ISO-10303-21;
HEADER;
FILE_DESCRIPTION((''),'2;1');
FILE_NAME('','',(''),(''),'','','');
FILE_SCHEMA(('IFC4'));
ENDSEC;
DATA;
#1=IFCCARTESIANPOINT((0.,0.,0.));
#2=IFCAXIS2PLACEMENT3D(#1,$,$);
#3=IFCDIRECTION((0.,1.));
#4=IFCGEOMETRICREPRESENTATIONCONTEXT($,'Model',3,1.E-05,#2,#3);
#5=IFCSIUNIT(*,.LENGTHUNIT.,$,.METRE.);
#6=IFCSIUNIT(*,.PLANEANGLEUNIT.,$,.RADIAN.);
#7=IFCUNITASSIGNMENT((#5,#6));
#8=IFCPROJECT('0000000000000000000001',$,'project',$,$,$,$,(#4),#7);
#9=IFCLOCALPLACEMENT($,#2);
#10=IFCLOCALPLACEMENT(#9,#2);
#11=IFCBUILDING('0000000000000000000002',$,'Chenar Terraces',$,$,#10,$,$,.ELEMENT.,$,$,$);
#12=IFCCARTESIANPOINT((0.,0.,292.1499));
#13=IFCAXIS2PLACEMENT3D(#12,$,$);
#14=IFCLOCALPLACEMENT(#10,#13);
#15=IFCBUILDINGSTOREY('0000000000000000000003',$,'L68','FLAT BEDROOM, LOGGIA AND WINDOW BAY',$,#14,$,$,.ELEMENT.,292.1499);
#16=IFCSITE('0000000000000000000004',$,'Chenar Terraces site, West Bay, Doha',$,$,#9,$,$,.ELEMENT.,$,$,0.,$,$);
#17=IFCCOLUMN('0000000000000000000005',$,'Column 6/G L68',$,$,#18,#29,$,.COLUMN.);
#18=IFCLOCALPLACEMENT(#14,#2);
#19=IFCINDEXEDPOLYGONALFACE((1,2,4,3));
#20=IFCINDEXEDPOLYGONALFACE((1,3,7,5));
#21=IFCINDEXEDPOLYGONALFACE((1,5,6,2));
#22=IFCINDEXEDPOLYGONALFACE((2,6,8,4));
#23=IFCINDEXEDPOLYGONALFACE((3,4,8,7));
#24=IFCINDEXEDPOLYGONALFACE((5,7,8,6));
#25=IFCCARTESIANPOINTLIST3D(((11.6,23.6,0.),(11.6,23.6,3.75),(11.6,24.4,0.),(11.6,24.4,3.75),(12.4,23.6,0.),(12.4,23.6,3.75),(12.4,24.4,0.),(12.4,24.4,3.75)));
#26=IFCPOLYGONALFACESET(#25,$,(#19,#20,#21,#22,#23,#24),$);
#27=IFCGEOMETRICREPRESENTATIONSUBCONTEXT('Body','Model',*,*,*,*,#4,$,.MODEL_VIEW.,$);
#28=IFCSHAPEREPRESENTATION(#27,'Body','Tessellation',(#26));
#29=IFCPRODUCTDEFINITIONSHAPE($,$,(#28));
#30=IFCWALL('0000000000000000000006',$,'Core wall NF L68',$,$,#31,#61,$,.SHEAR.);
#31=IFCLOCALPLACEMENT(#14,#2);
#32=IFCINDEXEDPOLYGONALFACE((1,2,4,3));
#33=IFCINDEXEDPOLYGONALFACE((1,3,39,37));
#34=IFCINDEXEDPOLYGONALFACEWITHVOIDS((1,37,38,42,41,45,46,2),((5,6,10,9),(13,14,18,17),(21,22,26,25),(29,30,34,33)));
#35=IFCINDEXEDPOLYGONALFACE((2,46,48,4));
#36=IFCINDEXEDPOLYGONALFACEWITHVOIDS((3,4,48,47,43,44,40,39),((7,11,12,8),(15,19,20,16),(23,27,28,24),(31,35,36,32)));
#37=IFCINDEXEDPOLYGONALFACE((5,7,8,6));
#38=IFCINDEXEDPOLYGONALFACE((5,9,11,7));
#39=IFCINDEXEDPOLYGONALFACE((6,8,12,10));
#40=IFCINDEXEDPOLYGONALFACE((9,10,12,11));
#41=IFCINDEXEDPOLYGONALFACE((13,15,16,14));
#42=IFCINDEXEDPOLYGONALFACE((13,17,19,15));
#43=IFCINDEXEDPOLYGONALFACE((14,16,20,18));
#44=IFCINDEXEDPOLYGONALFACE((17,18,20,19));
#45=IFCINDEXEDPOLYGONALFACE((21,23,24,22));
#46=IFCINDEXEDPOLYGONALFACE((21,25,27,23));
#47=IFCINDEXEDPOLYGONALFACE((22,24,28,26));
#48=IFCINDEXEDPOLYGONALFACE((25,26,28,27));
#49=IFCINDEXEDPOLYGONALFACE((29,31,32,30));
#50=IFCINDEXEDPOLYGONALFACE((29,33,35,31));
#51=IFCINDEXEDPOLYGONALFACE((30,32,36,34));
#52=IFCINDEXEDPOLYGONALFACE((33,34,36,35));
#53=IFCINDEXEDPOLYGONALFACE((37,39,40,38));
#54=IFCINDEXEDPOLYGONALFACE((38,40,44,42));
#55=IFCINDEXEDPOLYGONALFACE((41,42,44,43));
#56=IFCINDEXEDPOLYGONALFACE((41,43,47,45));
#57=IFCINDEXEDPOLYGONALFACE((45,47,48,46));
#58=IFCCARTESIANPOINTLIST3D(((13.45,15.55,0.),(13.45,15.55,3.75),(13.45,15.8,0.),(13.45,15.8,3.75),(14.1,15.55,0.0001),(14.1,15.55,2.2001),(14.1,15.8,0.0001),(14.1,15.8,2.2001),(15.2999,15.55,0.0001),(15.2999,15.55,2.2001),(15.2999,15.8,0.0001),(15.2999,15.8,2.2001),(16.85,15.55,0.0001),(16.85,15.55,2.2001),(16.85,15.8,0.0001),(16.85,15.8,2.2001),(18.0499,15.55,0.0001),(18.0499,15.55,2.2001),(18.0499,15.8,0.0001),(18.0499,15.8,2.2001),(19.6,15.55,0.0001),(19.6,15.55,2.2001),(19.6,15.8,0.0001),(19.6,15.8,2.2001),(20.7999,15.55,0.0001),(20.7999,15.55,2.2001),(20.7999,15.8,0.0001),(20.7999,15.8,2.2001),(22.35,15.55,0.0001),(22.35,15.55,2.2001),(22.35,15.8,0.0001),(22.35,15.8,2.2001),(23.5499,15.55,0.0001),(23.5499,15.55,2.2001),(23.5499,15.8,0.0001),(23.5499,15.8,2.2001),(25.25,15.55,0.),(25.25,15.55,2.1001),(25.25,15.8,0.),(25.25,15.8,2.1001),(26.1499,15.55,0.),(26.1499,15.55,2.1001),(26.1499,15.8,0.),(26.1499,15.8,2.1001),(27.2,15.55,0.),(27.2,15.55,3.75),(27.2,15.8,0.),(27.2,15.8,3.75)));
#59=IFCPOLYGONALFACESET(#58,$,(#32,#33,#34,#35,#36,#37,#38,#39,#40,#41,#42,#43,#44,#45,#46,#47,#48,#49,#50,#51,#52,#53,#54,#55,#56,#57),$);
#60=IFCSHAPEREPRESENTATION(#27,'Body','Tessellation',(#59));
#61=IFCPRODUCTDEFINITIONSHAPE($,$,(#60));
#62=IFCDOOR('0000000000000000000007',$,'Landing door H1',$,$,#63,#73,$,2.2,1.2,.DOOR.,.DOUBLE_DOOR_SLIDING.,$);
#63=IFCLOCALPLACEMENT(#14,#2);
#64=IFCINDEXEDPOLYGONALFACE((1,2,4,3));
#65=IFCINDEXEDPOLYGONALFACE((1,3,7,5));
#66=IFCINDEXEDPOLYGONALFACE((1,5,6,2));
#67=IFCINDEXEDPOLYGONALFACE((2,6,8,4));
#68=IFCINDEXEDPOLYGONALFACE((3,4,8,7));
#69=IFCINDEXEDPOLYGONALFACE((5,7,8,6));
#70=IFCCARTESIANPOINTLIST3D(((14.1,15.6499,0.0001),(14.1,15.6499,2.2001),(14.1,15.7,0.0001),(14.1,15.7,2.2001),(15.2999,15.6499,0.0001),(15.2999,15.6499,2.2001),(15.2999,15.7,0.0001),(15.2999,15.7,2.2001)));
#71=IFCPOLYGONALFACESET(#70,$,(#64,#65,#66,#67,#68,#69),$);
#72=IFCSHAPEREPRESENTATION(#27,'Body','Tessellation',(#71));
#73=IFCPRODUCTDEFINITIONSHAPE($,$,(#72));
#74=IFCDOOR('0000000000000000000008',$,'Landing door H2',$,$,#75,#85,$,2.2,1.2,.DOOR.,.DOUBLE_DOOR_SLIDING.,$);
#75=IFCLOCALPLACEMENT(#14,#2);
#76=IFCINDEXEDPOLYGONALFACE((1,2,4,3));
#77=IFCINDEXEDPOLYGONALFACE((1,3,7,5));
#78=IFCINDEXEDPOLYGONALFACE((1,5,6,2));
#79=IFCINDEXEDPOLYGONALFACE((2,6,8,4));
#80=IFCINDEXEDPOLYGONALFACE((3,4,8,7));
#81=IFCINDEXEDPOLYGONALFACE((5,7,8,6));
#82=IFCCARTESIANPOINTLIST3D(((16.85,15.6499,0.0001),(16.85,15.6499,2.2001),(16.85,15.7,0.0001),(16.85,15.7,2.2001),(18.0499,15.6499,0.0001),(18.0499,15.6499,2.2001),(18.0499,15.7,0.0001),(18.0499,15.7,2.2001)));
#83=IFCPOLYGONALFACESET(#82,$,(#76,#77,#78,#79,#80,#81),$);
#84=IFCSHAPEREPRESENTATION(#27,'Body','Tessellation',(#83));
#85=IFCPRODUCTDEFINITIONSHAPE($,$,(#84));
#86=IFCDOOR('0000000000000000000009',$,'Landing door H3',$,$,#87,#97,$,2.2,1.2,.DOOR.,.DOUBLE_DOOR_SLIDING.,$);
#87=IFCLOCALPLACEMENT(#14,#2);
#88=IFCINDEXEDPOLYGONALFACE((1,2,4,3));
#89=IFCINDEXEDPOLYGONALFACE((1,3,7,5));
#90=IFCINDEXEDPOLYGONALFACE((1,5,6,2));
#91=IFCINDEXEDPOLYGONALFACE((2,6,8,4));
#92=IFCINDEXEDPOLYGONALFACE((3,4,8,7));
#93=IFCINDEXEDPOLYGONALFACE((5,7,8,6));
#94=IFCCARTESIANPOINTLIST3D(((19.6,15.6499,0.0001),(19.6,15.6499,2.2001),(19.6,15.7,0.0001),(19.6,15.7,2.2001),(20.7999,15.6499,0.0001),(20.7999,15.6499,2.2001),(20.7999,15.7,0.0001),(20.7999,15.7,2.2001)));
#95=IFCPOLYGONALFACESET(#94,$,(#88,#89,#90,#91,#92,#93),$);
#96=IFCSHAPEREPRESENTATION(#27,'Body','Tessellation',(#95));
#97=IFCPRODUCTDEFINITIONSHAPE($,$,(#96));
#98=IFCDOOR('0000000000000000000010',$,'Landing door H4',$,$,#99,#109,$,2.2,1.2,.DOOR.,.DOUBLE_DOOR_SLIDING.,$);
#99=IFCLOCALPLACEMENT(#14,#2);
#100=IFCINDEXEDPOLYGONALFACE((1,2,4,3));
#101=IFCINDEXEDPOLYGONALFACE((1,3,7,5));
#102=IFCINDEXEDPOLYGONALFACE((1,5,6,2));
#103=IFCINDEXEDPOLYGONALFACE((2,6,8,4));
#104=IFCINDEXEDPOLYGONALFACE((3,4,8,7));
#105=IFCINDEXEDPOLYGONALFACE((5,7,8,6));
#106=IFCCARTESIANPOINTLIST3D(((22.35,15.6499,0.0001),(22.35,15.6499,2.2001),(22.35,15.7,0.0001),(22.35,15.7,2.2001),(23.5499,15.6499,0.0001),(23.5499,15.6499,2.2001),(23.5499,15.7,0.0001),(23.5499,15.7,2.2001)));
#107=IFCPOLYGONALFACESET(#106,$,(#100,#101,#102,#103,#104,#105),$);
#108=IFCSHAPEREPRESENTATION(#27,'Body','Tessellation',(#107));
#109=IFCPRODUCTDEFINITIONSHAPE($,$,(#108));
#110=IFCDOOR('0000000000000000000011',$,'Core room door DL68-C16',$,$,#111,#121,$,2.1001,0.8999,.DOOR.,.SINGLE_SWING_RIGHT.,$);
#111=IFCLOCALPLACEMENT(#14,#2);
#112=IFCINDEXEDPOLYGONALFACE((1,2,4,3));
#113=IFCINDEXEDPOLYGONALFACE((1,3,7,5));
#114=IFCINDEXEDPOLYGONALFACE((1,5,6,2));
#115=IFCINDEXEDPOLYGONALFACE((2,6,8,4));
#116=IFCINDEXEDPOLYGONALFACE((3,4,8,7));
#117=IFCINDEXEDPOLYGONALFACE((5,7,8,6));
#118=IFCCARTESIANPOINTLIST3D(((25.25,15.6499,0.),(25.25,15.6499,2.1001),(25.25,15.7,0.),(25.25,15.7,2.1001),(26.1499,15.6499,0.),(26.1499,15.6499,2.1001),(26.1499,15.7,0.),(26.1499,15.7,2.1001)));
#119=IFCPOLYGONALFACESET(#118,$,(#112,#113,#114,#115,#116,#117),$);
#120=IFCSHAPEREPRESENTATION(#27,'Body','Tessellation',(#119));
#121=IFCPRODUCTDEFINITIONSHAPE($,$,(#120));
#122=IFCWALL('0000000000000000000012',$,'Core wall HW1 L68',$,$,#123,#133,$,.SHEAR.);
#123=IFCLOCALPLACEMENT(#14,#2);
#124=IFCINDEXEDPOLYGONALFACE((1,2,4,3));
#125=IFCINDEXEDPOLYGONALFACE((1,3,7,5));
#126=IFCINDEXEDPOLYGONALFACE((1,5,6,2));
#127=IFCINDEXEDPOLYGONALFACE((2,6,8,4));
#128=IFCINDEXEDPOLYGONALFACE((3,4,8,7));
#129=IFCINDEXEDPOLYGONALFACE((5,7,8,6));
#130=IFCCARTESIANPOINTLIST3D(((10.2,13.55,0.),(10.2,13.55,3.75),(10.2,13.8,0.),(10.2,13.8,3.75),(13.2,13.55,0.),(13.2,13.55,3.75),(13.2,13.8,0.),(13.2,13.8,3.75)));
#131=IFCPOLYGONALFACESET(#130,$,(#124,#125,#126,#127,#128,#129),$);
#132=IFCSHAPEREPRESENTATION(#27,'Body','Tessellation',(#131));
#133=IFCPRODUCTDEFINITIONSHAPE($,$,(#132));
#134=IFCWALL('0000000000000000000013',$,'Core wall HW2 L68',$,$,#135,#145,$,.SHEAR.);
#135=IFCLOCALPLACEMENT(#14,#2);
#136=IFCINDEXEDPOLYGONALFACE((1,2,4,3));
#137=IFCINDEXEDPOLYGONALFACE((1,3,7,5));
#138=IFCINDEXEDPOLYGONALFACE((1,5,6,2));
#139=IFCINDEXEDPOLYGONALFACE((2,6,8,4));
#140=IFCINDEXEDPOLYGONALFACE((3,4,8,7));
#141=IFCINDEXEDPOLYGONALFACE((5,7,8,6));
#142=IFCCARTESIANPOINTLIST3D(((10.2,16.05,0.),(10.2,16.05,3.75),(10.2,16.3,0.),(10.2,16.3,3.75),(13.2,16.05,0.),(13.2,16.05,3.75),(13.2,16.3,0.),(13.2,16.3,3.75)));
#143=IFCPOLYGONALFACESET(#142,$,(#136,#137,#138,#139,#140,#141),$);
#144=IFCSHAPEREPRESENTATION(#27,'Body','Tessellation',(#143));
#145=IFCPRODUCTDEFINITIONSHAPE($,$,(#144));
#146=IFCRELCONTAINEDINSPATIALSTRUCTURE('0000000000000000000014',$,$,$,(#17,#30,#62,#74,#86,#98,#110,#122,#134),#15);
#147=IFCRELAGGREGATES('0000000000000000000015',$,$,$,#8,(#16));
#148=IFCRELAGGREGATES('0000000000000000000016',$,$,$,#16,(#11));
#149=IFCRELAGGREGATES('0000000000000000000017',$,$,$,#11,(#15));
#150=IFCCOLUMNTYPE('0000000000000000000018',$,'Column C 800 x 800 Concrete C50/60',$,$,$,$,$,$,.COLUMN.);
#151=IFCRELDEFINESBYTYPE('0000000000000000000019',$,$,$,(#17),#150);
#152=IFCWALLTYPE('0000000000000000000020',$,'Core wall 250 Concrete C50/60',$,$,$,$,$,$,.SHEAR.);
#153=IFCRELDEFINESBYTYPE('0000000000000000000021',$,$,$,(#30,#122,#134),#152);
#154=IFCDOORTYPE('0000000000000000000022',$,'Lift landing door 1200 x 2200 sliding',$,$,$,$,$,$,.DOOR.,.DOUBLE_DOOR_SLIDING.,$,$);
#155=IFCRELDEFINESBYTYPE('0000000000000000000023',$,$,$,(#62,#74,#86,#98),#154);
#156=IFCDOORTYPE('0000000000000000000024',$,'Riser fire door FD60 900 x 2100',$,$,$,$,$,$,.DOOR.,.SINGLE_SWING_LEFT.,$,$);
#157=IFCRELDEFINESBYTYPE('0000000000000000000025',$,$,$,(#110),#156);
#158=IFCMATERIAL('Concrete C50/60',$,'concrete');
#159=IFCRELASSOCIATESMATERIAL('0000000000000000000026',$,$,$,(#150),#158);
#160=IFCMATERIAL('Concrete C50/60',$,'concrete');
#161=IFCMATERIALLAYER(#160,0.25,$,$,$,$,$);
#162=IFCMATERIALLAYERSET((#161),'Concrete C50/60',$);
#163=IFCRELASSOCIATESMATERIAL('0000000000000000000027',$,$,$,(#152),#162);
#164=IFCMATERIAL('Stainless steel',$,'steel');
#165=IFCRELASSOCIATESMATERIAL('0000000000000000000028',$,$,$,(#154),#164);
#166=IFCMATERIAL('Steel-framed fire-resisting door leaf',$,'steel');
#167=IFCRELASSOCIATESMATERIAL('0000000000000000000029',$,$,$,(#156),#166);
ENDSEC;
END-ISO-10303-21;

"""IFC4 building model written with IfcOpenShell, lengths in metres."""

from ifc_helpers import new_model, si_unit, direction, frame, frame_2d, origin, origin_2d, place, context, subcontext, project, spatial, rectangle, extrude, material, layer, layer_set, material_profile, profile_set, type_object, element, fill, save


model = new_model("IFC4")

# Units and contexts
model_context = context("Model", 3, precision=1e-05, world=origin(), true_north=direction((0.0, 1.0)))
body_context = subcontext(model_context, "Body", "Model", "MODEL_VIEW")
ifc_project = project(units=[si_unit("LENGTHUNIT", "METRE"), si_unit("PLANEANGLEUNIT", "RADIAN")], contexts=[model_context])

# Site, building, storey
site_placement = place(None, origin())
site = spatial("IfcSite", under=ifc_project, at=site_placement, Name="Chenar Terraces site, West Bay, Doha", CompositionType="ELEMENT", RefElevation=0.0)
building_placement = place(site_placement, origin())
building = spatial("IfcBuilding", under=site, at=building_placement, Name="Chenar Terraces", CompositionType="ELEMENT")
storey_placement = place(building_placement, frame((0.0, 0.0, 292.1499)))
storey = spatial("IfcBuildingStorey", under=building, at=storey_placement, Name="L68", Description="FLAT BEDROOM, LOGGIA AND WINDOW BAY", CompositionType="ELEMENT", Elevation=292.1499)

# Column
ifc_material_1 = material(Name="Concrete C50/60", Category="concrete")
ifc_material_profile = material_profile(ifc_material_1, rectangle(XDim=0.8, YDim=0.8, at=origin_2d()), Name="C 800 x 800")
ifc_profile_set = profile_set([ifc_material_profile], Name="Concrete C50/60")
column_type = type_object("IfcColumnType", Name="Column C 800 x 800 Concrete C50/60", PredefinedType="COLUMN", material=ifc_profile_set)
column_placement = place(storey_placement, frame((12.0, 24.0, 0.0), z_axis=(0.0, 0.0, 1.0), x_axis=(1.0, 0.0, 0.0)))
element("IfcColumn", 1, at=column_placement, inside=storey, type_object=column_type, Name="Column 6/G L68", PredefinedType="COLUMN", context=body_context, shape_type="SweptSolid", body=[
    extrude(rectangle(XDim=0.8, YDim=0.8, at=origin_2d()), origin(), (0.0, 0.0, 1.0), 3.75),
])

# Wall, openings, doors
ifc_material_2 = material(Name="Concrete C50/60", Category="concrete")
ifc_layer_1 = layer(ifc_material_2, 0.25)
ifc_layer_set_1 = layer_set([ifc_layer_1], Name="Concrete C50/60")
wall_type_1 = type_object("IfcWallType", Name="Core wall 250 Concrete C50/60", PredefinedType="SHEAR", material=ifc_layer_set_1)
wall_1_placement = place(storey_placement, frame((13.45, 15.675, 0.0), z_axis=(0.0, 0.0, 1.0), x_axis=(1.0, 0.0, 0.0)))
wall_1 = element("IfcWall", 2, at=wall_1_placement, inside=storey, type_object=wall_type_1, Name="Core wall NF L68", PredefinedType="SHEAR", context=body_context, shape_type="SweptSolid", body=[
    extrude(rectangle(XDim=13.75, YDim=0.25, at=frame_2d((6.875, 0.0))), origin(), (0.0, 0.0, 1.0), 3.75),
])
opening_1_placement = place(wall_1_placement, frame((0.6499, 0.0, 0.0)))
opening_1 = element("IfcOpeningElement", 3, at=opening_1_placement, cuts=wall_1, PredefinedType="OPENING", context=body_context, shape_type="SweptSolid", body=[
    extrude(rectangle(XDim=1.2, YDim=2.2, at=frame_2d((0.6001, 1.1001))), frame((0.0, 0.135, 0.0), z_axis=(0.0, -1.0, 0.0), x_axis=(1.0, 0.0, 0.0)), (0.0, 0.0, 1.0), 0.27),
])
opening_2_placement = place(wall_1_placement, frame((3.3999, 0.0, 0.0)))
opening_2 = element("IfcOpeningElement", 4, at=opening_2_placement, cuts=wall_1, PredefinedType="OPENING", context=body_context, shape_type="SweptSolid", body=[
    extrude(rectangle(XDim=1.2, YDim=2.2, at=frame_2d((0.6001, 1.1001))), frame((0.0, 0.135, 0.0), z_axis=(0.0, -1.0, 0.0), x_axis=(1.0, 0.0, 0.0)), (0.0, 0.0, 1.0), 0.27),
])
opening_3_placement = place(wall_1_placement, frame((6.1499, 0.0, 0.0)))
opening_3 = element("IfcOpeningElement", 5, at=opening_3_placement, cuts=wall_1, PredefinedType="OPENING", context=body_context, shape_type="SweptSolid", body=[
    extrude(rectangle(XDim=1.2, YDim=2.2, at=frame_2d((0.6001, 1.1001))), frame((0.0, 0.135, 0.0), z_axis=(0.0, -1.0, 0.0), x_axis=(1.0, 0.0, 0.0)), (0.0, 0.0, 1.0), 0.27),
])
opening_4_placement = place(wall_1_placement, frame((8.8999, 0.0, 0.0)))
opening_4 = element("IfcOpeningElement", 6, at=opening_4_placement, cuts=wall_1, PredefinedType="OPENING", context=body_context, shape_type="SweptSolid", body=[
    extrude(rectangle(XDim=1.2, YDim=2.2, at=frame_2d((0.6001, 1.1001))), frame((0.0, 0.135, 0.0), z_axis=(0.0, -1.0, 0.0), x_axis=(1.0, 0.0, 0.0)), (0.0, 0.0, 1.0), 0.27),
])
opening_5_placement = place(wall_1_placement, frame((11.8, 0.0, 0.0)))
opening_5 = element("IfcOpeningElement", 7, at=opening_5_placement, cuts=wall_1, PredefinedType="OPENING", context=body_context, shape_type="SweptSolid", body=[
    extrude(rectangle(XDim=0.8999, YDim=2.1001, at=frame_2d((0.45, 1.05))), frame((0.0, 0.135, 0.0), z_axis=(0.0, -1.0, 0.0), x_axis=(1.0, 0.0, 0.0)), (0.0, 0.0, 1.0), 0.27),
])
ifc_material_3 = material(Name="Stainless steel", Category="steel")
door_type_1 = type_object("IfcDoorType", Name="Lift landing door 1200 x 2200 sliding", OperationType="DOUBLE_DOOR_SLIDING", PredefinedType="DOOR", material=ifc_material_3)
door_1_placement = place(opening_1_placement, origin())
door_1 = element("IfcDoor", 8, at=door_1_placement, inside=storey, type_object=door_type_1, Name="Landing door H1", OperationType="DOUBLE_DOOR_SLIDING", OverallHeight=2.2, OverallWidth=1.2, PredefinedType="DOOR", context=body_context, shape_type="SweptSolid", body=[
    extrude(rectangle(XDim=1.2, YDim=2.2, at=frame_2d((0.6001, 1.1001))), frame((0.0, 0.0249, 0.0), z_axis=(0.0, -1.0, 0.0), x_axis=(1.0, 0.0, 0.0)), (0.0, 0.0, 1.0), 0.05),
])
fill(opening_1, door_1)
door_2_placement = place(opening_2_placement, origin())
door_2 = element("IfcDoor", 9, at=door_2_placement, inside=storey, type_object=door_type_1, Name="Landing door H2", OperationType="DOUBLE_DOOR_SLIDING", OverallHeight=2.2, OverallWidth=1.2, PredefinedType="DOOR", context=body_context, shape_type="SweptSolid", body=[
    extrude(rectangle(XDim=1.2, YDim=2.2, at=frame_2d((0.6001, 1.1001))), frame((0.0, 0.0249, 0.0), z_axis=(0.0, -1.0, 0.0), x_axis=(1.0, 0.0, 0.0)), (0.0, 0.0, 1.0), 0.05),
])
fill(opening_2, door_2)
door_3_placement = place(opening_3_placement, origin())
door_3 = element("IfcDoor", 10, at=door_3_placement, inside=storey, type_object=door_type_1, Name="Landing door H3", OperationType="DOUBLE_DOOR_SLIDING", OverallHeight=2.2, OverallWidth=1.2, PredefinedType="DOOR", context=body_context, shape_type="SweptSolid", body=[
    extrude(rectangle(XDim=1.2, YDim=2.2, at=frame_2d((0.6001, 1.1001))), frame((0.0, 0.0249, 0.0), z_axis=(0.0, -1.0, 0.0), x_axis=(1.0, 0.0, 0.0)), (0.0, 0.0, 1.0), 0.05),
])
fill(opening_3, door_3)
door_4_placement = place(opening_4_placement, origin())
door_4 = element("IfcDoor", 11, at=door_4_placement, inside=storey, type_object=door_type_1, Name="Landing door H4", OperationType="DOUBLE_DOOR_SLIDING", OverallHeight=2.2, OverallWidth=1.2, PredefinedType="DOOR", context=body_context, shape_type="SweptSolid", body=[
    extrude(rectangle(XDim=1.2, YDim=2.2, at=frame_2d((0.6001, 1.1001))), frame((0.0, 0.0249, 0.0), z_axis=(0.0, -1.0, 0.0), x_axis=(1.0, 0.0, 0.0)), (0.0, 0.0, 1.0), 0.05),
])
fill(opening_4, door_4)
ifc_material_4 = material(Name="Steel-framed fire-resisting door leaf", Category="steel")
door_type_2 = type_object("IfcDoorType", Name="Riser fire door FD60 900 x 2100", OperationType="SINGLE_SWING_LEFT", PredefinedType="DOOR", material=ifc_material_4)
door_5_placement = place(opening_5_placement, origin())
door_5 = element("IfcDoor", 12, at=door_5_placement, inside=storey, type_object=door_type_2, Name="Core room door DL68-C16", OperationType="SINGLE_SWING_RIGHT", OverallHeight=2.1001, OverallWidth=0.8999, PredefinedType="DOOR", context=body_context, shape_type="SweptSolid", body=[
    extrude(rectangle(XDim=0.8999, YDim=2.1001, at=frame_2d((0.45, 1.05))), frame((0.0, 0.0249, 0.0), z_axis=(0.0, -1.0, 0.0), x_axis=(1.0, 0.0, 0.0)), (0.0, 0.0, 1.0), 0.05),
])
fill(opening_5, door_5)

# Walls
for number, where, z_axis, x_axis, name in (
    (13, (10.2, 13.675, 0.0), (0.0, 0.0, 1.0), (1.0, 0.0, 0.0), "Core wall HW1 L68"),
    (14, (10.2, 16.175, 0.0), (0.0, 0.0, 1.0), (1.0, 0.0, 0.0), "Core wall HW2 L68"),
):
    element("IfcWall", number, at=place(storey_placement, frame(where, z_axis=z_axis, x_axis=x_axis)), inside=storey, type_object=wall_type_1, Name=name, PredefinedType="SHEAR", context=body_context, shape_type="SweptSolid", body=[
        extrude(rectangle(XDim=3.0, YDim=0.25, at=frame_2d((1.5, 0.0))), origin(), (0.0, 0.0, 1.0), 3.75),
    ])

save(model, "model.ifc")
